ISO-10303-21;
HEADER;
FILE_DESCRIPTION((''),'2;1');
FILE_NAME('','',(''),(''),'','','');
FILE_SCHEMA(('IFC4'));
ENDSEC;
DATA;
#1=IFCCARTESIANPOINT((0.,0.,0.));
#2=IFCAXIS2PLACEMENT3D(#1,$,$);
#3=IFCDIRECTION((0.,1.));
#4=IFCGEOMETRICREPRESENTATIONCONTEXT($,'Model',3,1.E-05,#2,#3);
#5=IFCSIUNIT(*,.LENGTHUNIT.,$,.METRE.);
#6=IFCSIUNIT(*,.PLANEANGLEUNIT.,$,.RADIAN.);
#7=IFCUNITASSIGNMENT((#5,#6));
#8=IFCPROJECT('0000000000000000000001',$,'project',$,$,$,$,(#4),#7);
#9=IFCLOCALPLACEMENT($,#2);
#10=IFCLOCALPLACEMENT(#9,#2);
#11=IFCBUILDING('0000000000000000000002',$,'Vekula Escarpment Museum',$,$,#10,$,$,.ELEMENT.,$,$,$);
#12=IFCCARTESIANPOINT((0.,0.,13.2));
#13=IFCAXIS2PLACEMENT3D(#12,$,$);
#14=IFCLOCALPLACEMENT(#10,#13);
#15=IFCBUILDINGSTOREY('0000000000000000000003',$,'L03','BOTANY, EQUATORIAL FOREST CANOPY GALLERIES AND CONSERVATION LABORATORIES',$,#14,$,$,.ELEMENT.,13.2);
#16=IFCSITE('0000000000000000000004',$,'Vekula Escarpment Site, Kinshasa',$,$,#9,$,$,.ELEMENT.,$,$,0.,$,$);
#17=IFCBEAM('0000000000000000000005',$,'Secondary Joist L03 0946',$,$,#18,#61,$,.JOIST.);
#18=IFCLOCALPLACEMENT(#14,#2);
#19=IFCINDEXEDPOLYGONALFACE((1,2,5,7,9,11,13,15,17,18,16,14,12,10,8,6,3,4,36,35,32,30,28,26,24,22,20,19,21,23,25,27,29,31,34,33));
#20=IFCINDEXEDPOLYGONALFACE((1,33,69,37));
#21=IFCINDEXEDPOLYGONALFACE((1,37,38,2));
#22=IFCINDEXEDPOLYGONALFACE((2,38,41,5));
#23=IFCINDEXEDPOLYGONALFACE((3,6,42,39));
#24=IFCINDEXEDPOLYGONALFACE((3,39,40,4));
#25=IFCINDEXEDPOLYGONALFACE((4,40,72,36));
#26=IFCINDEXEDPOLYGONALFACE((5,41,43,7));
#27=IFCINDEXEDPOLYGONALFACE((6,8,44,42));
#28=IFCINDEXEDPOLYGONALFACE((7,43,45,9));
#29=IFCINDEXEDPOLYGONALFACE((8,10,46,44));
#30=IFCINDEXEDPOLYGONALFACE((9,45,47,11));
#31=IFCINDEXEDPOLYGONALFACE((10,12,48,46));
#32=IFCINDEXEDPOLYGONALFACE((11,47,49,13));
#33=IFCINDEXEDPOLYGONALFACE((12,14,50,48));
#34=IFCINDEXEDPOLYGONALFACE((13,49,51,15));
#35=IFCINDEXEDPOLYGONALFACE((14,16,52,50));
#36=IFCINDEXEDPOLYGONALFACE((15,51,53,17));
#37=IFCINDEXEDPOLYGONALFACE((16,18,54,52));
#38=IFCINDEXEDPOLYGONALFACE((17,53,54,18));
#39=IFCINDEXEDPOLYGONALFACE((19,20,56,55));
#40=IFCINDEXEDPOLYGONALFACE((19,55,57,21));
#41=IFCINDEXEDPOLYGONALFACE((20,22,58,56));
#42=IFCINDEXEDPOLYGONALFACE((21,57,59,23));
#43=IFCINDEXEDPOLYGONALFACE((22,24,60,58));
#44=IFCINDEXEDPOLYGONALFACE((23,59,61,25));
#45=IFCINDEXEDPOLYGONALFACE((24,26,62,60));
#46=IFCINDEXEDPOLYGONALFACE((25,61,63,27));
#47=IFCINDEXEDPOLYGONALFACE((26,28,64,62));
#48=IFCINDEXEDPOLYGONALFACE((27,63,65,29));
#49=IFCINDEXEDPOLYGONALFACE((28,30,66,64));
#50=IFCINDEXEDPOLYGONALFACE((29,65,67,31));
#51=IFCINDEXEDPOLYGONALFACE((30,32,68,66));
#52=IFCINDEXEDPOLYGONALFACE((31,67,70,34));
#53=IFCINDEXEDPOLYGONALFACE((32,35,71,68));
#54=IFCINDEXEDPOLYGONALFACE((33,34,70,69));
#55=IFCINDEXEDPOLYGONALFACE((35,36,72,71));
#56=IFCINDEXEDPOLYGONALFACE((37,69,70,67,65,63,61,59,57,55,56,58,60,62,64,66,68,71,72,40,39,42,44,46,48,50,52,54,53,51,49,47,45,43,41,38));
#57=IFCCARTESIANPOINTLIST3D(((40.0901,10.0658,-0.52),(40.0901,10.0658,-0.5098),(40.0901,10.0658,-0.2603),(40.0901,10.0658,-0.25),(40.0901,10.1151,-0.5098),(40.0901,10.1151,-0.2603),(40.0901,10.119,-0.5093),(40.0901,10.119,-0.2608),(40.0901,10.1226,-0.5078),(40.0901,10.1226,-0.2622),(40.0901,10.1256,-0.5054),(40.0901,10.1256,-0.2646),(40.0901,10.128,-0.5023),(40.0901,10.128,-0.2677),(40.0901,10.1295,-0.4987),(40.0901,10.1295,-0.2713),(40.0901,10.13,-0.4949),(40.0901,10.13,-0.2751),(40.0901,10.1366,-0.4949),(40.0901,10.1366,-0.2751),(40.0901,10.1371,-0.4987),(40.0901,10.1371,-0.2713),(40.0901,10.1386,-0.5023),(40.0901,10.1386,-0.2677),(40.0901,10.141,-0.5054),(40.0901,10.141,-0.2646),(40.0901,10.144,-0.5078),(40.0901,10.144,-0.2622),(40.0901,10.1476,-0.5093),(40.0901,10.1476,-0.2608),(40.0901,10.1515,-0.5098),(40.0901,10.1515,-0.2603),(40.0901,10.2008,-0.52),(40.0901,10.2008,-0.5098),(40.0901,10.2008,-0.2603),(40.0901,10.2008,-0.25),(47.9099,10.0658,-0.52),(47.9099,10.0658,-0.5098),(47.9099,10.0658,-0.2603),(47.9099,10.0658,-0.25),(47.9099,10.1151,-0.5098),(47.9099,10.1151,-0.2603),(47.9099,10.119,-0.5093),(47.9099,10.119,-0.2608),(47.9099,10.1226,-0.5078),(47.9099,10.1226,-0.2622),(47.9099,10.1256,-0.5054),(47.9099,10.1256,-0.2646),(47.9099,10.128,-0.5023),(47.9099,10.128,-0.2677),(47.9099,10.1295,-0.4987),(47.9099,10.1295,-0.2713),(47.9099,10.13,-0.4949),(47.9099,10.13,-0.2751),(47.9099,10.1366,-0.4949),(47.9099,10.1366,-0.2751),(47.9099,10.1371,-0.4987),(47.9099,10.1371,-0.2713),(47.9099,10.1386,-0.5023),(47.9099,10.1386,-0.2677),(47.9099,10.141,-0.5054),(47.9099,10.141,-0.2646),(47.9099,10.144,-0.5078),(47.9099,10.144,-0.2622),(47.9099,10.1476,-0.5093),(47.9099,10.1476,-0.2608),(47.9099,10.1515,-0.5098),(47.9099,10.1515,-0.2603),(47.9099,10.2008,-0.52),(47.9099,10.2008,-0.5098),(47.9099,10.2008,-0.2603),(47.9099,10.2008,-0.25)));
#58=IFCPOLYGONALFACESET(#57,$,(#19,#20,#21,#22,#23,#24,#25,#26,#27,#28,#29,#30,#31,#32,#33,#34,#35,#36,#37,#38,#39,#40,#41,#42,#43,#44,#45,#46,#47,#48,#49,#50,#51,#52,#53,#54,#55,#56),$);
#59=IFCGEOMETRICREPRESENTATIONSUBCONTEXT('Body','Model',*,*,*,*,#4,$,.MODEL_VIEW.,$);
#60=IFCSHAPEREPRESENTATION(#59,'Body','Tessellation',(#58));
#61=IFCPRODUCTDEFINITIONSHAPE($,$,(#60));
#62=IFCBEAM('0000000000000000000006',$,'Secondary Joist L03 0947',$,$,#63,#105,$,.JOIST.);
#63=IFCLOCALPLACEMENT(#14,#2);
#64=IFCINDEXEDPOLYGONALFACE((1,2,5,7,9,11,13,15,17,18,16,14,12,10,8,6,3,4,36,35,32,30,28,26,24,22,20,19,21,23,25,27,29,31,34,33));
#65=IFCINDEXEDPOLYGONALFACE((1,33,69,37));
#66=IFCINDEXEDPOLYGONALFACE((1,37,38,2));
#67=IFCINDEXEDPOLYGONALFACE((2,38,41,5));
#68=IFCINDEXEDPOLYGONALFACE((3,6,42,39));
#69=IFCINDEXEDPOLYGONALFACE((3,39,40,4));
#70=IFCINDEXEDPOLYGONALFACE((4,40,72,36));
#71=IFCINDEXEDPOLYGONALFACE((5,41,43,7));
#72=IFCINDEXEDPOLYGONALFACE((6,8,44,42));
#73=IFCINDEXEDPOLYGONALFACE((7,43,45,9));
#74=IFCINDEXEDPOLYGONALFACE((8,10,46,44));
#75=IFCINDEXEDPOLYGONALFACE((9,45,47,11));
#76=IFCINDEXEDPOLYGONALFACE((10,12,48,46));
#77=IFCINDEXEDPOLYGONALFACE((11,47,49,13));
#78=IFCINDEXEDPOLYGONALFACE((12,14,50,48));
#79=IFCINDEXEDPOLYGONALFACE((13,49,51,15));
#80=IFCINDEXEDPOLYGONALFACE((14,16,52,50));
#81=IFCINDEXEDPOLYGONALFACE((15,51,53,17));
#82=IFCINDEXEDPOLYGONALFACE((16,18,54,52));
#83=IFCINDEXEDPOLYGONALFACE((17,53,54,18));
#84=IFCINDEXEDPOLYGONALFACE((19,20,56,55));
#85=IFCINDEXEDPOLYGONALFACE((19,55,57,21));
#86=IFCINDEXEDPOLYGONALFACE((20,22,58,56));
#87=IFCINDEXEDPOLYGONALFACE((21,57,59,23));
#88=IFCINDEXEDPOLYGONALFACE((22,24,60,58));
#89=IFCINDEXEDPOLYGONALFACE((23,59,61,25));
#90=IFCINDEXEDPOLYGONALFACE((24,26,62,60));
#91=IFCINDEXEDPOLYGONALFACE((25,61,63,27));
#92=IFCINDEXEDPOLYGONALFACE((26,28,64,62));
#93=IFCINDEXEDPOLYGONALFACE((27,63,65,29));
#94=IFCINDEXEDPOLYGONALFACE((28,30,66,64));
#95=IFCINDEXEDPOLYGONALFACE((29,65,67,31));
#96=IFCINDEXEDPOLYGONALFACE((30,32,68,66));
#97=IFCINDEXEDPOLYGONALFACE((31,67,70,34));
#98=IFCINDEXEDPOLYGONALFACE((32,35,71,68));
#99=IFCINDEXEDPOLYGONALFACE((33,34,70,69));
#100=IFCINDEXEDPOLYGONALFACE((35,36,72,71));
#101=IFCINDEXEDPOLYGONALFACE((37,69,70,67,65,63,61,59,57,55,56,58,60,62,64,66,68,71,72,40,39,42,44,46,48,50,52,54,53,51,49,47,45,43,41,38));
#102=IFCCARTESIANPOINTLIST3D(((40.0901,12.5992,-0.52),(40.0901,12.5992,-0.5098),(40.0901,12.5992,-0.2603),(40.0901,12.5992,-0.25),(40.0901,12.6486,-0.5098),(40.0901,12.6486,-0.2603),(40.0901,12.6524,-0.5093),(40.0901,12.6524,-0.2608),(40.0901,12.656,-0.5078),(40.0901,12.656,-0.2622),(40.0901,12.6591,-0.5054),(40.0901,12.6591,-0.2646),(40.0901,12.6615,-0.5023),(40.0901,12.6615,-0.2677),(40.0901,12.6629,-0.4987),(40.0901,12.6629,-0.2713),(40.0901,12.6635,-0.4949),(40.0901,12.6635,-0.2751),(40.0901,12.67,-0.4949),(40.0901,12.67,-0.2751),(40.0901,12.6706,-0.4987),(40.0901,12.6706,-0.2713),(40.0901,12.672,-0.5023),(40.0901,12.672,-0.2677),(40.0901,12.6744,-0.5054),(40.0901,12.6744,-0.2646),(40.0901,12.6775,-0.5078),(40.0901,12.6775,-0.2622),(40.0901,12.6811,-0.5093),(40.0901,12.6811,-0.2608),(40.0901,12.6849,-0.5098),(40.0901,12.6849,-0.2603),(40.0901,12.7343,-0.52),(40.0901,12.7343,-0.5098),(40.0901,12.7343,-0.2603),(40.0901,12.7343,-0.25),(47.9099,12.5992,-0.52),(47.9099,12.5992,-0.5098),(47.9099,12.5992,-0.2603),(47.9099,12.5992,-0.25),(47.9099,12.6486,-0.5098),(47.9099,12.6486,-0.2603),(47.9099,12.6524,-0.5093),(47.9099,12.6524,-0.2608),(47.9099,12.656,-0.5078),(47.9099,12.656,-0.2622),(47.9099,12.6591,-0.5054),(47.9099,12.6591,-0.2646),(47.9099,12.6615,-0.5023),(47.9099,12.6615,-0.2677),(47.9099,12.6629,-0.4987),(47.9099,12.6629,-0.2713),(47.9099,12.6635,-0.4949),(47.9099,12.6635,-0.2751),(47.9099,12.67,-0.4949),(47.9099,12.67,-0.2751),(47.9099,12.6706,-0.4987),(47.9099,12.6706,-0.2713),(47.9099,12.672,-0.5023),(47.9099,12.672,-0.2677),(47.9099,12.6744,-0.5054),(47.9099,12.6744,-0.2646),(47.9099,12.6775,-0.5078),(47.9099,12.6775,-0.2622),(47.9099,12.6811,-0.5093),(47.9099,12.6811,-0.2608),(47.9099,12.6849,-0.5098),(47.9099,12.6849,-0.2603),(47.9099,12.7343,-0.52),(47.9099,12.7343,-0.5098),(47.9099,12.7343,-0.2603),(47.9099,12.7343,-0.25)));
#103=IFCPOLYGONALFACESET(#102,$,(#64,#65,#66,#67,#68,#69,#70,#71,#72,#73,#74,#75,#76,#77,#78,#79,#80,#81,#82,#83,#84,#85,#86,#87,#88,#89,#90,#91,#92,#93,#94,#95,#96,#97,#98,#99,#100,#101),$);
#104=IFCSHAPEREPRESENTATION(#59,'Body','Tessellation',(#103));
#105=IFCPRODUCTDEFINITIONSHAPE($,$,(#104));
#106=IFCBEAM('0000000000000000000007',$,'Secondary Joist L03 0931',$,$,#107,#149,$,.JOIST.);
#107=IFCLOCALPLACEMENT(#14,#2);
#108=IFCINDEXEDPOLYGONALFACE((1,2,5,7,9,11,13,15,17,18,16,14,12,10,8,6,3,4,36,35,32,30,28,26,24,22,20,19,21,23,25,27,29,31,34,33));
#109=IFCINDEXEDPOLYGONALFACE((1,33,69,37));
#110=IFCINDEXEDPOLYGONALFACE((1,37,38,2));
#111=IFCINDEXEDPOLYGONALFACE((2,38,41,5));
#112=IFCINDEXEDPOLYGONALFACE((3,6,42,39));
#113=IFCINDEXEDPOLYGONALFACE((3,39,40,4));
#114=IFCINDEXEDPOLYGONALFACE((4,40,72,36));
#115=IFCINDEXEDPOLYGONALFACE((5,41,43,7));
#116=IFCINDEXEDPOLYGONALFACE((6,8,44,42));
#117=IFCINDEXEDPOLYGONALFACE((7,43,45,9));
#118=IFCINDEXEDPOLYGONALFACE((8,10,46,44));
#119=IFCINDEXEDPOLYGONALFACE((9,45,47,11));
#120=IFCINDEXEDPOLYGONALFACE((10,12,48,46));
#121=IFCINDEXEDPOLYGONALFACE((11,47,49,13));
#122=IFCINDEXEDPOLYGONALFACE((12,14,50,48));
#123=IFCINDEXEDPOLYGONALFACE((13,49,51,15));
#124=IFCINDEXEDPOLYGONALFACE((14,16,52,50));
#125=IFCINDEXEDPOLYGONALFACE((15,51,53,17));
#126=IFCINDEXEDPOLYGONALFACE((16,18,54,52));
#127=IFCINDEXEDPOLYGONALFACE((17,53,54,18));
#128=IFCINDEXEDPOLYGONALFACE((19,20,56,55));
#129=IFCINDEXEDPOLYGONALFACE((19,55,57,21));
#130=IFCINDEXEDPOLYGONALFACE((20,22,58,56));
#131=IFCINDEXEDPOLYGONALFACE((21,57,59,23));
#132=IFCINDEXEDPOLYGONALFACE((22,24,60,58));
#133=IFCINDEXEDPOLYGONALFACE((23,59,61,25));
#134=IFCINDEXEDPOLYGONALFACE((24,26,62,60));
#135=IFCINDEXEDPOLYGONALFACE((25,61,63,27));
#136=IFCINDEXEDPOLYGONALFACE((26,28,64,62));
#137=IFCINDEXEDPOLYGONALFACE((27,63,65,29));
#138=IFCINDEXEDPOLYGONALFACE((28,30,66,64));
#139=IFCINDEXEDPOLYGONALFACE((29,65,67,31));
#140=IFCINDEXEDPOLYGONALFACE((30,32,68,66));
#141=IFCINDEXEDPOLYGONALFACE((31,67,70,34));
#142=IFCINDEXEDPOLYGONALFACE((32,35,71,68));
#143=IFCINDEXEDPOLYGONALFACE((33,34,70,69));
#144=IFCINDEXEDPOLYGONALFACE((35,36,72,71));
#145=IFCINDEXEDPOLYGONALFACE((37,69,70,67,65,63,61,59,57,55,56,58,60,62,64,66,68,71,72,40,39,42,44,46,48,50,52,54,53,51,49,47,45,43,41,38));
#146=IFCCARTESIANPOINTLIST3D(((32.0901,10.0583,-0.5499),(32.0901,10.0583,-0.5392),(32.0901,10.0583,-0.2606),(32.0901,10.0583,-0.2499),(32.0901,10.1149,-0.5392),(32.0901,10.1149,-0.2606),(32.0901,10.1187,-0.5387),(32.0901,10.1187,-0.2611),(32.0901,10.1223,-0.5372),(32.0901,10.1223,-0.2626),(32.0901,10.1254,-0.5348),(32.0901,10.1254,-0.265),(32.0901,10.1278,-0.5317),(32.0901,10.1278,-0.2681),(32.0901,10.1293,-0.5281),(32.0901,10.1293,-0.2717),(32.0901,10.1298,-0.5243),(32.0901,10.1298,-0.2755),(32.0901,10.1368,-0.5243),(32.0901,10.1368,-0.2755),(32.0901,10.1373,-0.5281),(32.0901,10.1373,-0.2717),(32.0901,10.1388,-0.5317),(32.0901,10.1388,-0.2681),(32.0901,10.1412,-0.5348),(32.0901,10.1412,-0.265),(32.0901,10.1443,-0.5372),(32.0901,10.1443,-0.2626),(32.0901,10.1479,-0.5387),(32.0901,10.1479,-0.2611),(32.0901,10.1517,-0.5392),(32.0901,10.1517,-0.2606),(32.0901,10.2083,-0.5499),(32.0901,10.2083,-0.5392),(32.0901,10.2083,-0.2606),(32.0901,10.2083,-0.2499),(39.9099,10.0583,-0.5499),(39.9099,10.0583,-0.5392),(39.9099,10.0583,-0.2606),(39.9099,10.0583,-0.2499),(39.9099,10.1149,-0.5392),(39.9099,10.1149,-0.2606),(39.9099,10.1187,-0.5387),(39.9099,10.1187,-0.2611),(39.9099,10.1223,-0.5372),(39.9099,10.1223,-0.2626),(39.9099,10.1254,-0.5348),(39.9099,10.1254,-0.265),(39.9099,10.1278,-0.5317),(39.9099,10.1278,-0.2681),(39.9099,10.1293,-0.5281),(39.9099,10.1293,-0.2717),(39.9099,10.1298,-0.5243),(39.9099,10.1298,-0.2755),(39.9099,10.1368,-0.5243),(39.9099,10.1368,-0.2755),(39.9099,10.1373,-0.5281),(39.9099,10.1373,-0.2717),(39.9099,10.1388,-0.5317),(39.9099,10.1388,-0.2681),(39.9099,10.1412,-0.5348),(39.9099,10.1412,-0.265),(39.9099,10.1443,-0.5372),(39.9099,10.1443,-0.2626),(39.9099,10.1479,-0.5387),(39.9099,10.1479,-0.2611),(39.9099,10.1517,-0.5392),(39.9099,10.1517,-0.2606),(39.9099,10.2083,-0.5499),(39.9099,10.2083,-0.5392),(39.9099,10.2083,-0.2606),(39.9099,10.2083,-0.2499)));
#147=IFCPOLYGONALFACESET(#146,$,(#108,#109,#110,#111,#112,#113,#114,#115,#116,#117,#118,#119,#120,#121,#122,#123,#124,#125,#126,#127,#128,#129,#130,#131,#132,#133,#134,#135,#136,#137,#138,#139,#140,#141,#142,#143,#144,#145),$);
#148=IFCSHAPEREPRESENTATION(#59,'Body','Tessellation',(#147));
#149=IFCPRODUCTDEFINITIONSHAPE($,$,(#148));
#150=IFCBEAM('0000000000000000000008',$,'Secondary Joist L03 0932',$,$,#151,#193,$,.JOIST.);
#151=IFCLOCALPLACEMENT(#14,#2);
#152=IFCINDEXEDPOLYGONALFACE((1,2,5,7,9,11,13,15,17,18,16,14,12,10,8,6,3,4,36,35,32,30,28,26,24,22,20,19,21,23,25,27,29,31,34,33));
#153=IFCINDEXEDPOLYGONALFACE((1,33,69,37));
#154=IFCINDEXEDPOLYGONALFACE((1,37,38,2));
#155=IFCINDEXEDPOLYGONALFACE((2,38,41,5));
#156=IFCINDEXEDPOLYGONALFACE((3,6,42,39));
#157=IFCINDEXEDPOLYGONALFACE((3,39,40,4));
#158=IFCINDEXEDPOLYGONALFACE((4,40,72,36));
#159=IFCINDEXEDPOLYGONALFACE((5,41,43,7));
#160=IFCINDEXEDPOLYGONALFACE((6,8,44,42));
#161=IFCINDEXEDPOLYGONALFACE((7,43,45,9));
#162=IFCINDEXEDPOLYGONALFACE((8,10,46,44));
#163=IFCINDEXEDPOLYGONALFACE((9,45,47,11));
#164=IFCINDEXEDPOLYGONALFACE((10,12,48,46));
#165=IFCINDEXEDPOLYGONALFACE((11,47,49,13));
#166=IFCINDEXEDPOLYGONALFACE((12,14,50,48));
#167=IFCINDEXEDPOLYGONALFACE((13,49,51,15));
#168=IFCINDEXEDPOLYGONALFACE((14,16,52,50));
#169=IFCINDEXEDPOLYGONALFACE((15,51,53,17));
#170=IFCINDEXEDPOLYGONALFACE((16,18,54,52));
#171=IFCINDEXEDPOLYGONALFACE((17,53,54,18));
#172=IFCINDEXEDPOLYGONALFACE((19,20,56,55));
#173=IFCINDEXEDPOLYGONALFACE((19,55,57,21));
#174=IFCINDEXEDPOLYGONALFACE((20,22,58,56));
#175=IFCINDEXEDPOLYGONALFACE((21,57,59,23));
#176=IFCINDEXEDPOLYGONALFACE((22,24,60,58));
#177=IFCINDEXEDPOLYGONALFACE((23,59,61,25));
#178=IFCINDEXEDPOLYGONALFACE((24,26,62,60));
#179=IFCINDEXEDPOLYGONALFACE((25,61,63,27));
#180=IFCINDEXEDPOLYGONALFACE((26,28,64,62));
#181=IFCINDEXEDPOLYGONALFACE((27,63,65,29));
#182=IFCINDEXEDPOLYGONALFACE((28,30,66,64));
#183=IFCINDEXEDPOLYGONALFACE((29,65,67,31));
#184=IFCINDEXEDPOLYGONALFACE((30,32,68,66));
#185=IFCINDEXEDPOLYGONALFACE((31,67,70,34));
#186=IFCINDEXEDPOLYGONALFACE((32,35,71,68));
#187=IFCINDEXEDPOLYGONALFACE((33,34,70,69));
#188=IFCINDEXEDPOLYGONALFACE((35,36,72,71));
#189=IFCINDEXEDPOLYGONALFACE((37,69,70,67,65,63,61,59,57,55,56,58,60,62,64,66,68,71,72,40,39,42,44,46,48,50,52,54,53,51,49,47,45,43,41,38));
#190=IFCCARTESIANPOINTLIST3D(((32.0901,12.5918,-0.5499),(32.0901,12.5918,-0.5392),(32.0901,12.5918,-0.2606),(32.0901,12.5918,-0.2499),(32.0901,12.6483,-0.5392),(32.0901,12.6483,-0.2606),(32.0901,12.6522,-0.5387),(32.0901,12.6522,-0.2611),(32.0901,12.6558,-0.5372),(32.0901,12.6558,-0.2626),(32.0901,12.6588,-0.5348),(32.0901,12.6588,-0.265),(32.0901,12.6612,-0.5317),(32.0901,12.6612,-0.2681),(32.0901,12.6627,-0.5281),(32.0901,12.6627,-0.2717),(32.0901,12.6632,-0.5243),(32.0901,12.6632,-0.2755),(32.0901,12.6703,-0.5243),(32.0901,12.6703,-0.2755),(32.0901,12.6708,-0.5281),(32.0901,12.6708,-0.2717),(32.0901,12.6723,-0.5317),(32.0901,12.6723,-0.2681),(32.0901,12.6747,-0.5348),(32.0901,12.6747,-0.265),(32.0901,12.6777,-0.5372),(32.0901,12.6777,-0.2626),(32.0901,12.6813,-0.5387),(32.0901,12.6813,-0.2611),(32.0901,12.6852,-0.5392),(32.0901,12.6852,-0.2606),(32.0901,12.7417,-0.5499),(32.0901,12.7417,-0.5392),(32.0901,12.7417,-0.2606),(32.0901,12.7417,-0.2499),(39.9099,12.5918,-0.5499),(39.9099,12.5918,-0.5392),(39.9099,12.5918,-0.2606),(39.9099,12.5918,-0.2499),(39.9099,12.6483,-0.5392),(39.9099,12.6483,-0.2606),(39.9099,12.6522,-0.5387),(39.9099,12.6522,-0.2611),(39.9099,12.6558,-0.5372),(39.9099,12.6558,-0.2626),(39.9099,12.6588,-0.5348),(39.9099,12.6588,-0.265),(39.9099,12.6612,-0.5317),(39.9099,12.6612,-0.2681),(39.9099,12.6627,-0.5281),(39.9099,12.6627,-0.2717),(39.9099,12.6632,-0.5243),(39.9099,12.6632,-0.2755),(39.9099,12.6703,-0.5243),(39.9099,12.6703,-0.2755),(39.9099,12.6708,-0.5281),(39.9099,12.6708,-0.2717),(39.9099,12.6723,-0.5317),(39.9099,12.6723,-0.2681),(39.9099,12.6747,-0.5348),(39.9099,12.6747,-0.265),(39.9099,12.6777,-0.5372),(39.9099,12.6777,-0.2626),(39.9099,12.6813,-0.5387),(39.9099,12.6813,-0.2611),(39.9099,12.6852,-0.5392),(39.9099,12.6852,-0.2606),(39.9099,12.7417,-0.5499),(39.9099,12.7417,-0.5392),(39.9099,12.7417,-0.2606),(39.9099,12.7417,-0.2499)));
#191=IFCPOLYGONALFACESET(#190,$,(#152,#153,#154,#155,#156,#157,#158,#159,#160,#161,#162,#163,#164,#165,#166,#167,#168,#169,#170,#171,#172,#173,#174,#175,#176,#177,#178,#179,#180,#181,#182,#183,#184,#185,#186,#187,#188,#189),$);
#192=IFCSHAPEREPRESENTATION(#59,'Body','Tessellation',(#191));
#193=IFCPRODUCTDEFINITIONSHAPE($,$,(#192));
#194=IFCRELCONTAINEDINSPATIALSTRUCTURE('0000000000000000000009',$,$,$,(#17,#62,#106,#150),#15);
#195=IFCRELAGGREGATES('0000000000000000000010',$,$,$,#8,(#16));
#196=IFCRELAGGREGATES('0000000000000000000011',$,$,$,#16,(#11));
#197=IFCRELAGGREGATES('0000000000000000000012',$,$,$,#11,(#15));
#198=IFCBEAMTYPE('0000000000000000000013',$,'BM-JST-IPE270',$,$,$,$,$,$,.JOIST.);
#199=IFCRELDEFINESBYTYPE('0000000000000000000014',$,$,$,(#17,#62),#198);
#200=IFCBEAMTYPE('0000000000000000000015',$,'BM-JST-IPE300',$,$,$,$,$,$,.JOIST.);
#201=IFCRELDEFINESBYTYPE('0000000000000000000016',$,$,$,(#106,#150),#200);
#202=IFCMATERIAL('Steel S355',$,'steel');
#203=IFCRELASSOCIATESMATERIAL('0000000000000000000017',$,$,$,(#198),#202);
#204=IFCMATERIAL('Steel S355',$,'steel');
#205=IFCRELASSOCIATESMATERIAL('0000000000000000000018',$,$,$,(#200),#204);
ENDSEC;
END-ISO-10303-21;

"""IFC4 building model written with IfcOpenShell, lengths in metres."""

from ifc_helpers import new_model, si_unit, direction, frame, origin, origin_2d, place, context, subcontext, project, spatial, i_section, extrude, material, material_profile, profile_set, type_object, element, save


model = new_model("IFC4")

# Units and contexts
model_context = context("Model", 3, precision=1e-05, world=origin(), true_north=direction((0.0, 1.0)))
body_context = subcontext(model_context, "Body", "Model", "MODEL_VIEW")
ifc_project = project(units=[si_unit("LENGTHUNIT", "METRE"), si_unit("PLANEANGLEUNIT", "RADIAN")], contexts=[model_context])

# Site, building, storey
site_placement = place(None, origin())
site = spatial("IfcSite", under=ifc_project, at=site_placement, Name="Vekula Escarpment Site, Kinshasa", CompositionType="ELEMENT", RefElevation=0.0)
building_placement = place(site_placement, origin())
building = spatial("IfcBuilding", under=site, at=building_placement, Name="Vekula Escarpment Museum", CompositionType="ELEMENT")
storey_placement = place(building_placement, frame((0.0, 0.0, 13.2)))
storey = spatial("IfcBuildingStorey", under=building, at=storey_placement, Name="L03", Description="BOTANY, EQUATORIAL FOREST CANOPY GALLERIES AND CONSERVATION LABORATORIES", CompositionType="ELEMENT", Elevation=13.2)

# Beams
ifc_material_1 = material(Name="Steel S355", Category="steel")
ifc_material_profile_1 = material_profile(ifc_material_1, i_section(OverallWidth=0.135, OverallDepth=0.27, WebThickness=0.0066, FlangeThickness=0.0103, FilletRadius=0.0149, at=origin_2d()), Name="IPE 270")
ifc_profile_set_1 = profile_set([ifc_material_profile_1], Name="Steel S355")
beam_type_1 = type_object("IfcBeamType", Name="BM-JST-IPE270", PredefinedType="JOIST", material=ifc_profile_set_1)
for number, where, z_axis, x_axis, name in (
    (1, (40.0901, 10.1333, -0.385), (1.0, 0.0, 0.0), (0.0, 1.0, 0.0), "Secondary Joist L03 0946"),
    (2, (40.0901, 12.6667, -0.385), (1.0, 0.0, 0.0), (0.0, 1.0, 0.0), "Secondary Joist L03 0947"),
):
    element("IfcBeam", number, at=place(storey_placement, frame(where, z_axis=z_axis, x_axis=x_axis)), inside=storey, type_object=beam_type_1, Name=name, PredefinedType="JOIST", context=body_context, shape_type="SweptSolid", body=[
        extrude(i_section(OverallWidth=0.135, OverallDepth=0.27, WebThickness=0.0066, FlangeThickness=0.0103, FilletRadius=0.0149, at=origin_2d()), origin(), (0.0, 0.0, 1.0), 7.8198),
    ])
ifc_material_2 = material(Name="Steel S355", Category="steel")
ifc_material_profile_2 = material_profile(ifc_material_2, i_section(OverallWidth=0.1499, OverallDepth=0.3, WebThickness=0.0071, FlangeThickness=0.0107, FilletRadius=0.0149, at=origin_2d()), Name="IPE 300")
ifc_profile_set_2 = profile_set([ifc_material_profile_2], Name="Steel S355")
beam_type_2 = type_object("IfcBeamType", Name="BM-JST-IPE300", PredefinedType="JOIST", material=ifc_profile_set_2)
for number, where, z_axis, x_axis, name in (
    (3, (32.0901, 10.1333, -0.3999), (1.0, 0.0, 0.0), (0.0, 1.0, 0.0), "Secondary Joist L03 0931"),
    (4, (32.0901, 12.6667, -0.3999), (1.0, 0.0, 0.0), (0.0, 1.0, 0.0), "Secondary Joist L03 0932"),
):
    element("IfcBeam", number, at=place(storey_placement, frame(where, z_axis=z_axis, x_axis=x_axis)), inside=storey, type_object=beam_type_2, Name=name, PredefinedType="JOIST", context=body_context, shape_type="SweptSolid", body=[
        extrude(i_section(OverallWidth=0.1499, OverallDepth=0.3, WebThickness=0.0071, FlangeThickness=0.0107, FilletRadius=0.0149, at=origin_2d()), origin(), (0.0, 0.0, 1.0), 7.8198),
    ])

save(model, "model.ifc")
